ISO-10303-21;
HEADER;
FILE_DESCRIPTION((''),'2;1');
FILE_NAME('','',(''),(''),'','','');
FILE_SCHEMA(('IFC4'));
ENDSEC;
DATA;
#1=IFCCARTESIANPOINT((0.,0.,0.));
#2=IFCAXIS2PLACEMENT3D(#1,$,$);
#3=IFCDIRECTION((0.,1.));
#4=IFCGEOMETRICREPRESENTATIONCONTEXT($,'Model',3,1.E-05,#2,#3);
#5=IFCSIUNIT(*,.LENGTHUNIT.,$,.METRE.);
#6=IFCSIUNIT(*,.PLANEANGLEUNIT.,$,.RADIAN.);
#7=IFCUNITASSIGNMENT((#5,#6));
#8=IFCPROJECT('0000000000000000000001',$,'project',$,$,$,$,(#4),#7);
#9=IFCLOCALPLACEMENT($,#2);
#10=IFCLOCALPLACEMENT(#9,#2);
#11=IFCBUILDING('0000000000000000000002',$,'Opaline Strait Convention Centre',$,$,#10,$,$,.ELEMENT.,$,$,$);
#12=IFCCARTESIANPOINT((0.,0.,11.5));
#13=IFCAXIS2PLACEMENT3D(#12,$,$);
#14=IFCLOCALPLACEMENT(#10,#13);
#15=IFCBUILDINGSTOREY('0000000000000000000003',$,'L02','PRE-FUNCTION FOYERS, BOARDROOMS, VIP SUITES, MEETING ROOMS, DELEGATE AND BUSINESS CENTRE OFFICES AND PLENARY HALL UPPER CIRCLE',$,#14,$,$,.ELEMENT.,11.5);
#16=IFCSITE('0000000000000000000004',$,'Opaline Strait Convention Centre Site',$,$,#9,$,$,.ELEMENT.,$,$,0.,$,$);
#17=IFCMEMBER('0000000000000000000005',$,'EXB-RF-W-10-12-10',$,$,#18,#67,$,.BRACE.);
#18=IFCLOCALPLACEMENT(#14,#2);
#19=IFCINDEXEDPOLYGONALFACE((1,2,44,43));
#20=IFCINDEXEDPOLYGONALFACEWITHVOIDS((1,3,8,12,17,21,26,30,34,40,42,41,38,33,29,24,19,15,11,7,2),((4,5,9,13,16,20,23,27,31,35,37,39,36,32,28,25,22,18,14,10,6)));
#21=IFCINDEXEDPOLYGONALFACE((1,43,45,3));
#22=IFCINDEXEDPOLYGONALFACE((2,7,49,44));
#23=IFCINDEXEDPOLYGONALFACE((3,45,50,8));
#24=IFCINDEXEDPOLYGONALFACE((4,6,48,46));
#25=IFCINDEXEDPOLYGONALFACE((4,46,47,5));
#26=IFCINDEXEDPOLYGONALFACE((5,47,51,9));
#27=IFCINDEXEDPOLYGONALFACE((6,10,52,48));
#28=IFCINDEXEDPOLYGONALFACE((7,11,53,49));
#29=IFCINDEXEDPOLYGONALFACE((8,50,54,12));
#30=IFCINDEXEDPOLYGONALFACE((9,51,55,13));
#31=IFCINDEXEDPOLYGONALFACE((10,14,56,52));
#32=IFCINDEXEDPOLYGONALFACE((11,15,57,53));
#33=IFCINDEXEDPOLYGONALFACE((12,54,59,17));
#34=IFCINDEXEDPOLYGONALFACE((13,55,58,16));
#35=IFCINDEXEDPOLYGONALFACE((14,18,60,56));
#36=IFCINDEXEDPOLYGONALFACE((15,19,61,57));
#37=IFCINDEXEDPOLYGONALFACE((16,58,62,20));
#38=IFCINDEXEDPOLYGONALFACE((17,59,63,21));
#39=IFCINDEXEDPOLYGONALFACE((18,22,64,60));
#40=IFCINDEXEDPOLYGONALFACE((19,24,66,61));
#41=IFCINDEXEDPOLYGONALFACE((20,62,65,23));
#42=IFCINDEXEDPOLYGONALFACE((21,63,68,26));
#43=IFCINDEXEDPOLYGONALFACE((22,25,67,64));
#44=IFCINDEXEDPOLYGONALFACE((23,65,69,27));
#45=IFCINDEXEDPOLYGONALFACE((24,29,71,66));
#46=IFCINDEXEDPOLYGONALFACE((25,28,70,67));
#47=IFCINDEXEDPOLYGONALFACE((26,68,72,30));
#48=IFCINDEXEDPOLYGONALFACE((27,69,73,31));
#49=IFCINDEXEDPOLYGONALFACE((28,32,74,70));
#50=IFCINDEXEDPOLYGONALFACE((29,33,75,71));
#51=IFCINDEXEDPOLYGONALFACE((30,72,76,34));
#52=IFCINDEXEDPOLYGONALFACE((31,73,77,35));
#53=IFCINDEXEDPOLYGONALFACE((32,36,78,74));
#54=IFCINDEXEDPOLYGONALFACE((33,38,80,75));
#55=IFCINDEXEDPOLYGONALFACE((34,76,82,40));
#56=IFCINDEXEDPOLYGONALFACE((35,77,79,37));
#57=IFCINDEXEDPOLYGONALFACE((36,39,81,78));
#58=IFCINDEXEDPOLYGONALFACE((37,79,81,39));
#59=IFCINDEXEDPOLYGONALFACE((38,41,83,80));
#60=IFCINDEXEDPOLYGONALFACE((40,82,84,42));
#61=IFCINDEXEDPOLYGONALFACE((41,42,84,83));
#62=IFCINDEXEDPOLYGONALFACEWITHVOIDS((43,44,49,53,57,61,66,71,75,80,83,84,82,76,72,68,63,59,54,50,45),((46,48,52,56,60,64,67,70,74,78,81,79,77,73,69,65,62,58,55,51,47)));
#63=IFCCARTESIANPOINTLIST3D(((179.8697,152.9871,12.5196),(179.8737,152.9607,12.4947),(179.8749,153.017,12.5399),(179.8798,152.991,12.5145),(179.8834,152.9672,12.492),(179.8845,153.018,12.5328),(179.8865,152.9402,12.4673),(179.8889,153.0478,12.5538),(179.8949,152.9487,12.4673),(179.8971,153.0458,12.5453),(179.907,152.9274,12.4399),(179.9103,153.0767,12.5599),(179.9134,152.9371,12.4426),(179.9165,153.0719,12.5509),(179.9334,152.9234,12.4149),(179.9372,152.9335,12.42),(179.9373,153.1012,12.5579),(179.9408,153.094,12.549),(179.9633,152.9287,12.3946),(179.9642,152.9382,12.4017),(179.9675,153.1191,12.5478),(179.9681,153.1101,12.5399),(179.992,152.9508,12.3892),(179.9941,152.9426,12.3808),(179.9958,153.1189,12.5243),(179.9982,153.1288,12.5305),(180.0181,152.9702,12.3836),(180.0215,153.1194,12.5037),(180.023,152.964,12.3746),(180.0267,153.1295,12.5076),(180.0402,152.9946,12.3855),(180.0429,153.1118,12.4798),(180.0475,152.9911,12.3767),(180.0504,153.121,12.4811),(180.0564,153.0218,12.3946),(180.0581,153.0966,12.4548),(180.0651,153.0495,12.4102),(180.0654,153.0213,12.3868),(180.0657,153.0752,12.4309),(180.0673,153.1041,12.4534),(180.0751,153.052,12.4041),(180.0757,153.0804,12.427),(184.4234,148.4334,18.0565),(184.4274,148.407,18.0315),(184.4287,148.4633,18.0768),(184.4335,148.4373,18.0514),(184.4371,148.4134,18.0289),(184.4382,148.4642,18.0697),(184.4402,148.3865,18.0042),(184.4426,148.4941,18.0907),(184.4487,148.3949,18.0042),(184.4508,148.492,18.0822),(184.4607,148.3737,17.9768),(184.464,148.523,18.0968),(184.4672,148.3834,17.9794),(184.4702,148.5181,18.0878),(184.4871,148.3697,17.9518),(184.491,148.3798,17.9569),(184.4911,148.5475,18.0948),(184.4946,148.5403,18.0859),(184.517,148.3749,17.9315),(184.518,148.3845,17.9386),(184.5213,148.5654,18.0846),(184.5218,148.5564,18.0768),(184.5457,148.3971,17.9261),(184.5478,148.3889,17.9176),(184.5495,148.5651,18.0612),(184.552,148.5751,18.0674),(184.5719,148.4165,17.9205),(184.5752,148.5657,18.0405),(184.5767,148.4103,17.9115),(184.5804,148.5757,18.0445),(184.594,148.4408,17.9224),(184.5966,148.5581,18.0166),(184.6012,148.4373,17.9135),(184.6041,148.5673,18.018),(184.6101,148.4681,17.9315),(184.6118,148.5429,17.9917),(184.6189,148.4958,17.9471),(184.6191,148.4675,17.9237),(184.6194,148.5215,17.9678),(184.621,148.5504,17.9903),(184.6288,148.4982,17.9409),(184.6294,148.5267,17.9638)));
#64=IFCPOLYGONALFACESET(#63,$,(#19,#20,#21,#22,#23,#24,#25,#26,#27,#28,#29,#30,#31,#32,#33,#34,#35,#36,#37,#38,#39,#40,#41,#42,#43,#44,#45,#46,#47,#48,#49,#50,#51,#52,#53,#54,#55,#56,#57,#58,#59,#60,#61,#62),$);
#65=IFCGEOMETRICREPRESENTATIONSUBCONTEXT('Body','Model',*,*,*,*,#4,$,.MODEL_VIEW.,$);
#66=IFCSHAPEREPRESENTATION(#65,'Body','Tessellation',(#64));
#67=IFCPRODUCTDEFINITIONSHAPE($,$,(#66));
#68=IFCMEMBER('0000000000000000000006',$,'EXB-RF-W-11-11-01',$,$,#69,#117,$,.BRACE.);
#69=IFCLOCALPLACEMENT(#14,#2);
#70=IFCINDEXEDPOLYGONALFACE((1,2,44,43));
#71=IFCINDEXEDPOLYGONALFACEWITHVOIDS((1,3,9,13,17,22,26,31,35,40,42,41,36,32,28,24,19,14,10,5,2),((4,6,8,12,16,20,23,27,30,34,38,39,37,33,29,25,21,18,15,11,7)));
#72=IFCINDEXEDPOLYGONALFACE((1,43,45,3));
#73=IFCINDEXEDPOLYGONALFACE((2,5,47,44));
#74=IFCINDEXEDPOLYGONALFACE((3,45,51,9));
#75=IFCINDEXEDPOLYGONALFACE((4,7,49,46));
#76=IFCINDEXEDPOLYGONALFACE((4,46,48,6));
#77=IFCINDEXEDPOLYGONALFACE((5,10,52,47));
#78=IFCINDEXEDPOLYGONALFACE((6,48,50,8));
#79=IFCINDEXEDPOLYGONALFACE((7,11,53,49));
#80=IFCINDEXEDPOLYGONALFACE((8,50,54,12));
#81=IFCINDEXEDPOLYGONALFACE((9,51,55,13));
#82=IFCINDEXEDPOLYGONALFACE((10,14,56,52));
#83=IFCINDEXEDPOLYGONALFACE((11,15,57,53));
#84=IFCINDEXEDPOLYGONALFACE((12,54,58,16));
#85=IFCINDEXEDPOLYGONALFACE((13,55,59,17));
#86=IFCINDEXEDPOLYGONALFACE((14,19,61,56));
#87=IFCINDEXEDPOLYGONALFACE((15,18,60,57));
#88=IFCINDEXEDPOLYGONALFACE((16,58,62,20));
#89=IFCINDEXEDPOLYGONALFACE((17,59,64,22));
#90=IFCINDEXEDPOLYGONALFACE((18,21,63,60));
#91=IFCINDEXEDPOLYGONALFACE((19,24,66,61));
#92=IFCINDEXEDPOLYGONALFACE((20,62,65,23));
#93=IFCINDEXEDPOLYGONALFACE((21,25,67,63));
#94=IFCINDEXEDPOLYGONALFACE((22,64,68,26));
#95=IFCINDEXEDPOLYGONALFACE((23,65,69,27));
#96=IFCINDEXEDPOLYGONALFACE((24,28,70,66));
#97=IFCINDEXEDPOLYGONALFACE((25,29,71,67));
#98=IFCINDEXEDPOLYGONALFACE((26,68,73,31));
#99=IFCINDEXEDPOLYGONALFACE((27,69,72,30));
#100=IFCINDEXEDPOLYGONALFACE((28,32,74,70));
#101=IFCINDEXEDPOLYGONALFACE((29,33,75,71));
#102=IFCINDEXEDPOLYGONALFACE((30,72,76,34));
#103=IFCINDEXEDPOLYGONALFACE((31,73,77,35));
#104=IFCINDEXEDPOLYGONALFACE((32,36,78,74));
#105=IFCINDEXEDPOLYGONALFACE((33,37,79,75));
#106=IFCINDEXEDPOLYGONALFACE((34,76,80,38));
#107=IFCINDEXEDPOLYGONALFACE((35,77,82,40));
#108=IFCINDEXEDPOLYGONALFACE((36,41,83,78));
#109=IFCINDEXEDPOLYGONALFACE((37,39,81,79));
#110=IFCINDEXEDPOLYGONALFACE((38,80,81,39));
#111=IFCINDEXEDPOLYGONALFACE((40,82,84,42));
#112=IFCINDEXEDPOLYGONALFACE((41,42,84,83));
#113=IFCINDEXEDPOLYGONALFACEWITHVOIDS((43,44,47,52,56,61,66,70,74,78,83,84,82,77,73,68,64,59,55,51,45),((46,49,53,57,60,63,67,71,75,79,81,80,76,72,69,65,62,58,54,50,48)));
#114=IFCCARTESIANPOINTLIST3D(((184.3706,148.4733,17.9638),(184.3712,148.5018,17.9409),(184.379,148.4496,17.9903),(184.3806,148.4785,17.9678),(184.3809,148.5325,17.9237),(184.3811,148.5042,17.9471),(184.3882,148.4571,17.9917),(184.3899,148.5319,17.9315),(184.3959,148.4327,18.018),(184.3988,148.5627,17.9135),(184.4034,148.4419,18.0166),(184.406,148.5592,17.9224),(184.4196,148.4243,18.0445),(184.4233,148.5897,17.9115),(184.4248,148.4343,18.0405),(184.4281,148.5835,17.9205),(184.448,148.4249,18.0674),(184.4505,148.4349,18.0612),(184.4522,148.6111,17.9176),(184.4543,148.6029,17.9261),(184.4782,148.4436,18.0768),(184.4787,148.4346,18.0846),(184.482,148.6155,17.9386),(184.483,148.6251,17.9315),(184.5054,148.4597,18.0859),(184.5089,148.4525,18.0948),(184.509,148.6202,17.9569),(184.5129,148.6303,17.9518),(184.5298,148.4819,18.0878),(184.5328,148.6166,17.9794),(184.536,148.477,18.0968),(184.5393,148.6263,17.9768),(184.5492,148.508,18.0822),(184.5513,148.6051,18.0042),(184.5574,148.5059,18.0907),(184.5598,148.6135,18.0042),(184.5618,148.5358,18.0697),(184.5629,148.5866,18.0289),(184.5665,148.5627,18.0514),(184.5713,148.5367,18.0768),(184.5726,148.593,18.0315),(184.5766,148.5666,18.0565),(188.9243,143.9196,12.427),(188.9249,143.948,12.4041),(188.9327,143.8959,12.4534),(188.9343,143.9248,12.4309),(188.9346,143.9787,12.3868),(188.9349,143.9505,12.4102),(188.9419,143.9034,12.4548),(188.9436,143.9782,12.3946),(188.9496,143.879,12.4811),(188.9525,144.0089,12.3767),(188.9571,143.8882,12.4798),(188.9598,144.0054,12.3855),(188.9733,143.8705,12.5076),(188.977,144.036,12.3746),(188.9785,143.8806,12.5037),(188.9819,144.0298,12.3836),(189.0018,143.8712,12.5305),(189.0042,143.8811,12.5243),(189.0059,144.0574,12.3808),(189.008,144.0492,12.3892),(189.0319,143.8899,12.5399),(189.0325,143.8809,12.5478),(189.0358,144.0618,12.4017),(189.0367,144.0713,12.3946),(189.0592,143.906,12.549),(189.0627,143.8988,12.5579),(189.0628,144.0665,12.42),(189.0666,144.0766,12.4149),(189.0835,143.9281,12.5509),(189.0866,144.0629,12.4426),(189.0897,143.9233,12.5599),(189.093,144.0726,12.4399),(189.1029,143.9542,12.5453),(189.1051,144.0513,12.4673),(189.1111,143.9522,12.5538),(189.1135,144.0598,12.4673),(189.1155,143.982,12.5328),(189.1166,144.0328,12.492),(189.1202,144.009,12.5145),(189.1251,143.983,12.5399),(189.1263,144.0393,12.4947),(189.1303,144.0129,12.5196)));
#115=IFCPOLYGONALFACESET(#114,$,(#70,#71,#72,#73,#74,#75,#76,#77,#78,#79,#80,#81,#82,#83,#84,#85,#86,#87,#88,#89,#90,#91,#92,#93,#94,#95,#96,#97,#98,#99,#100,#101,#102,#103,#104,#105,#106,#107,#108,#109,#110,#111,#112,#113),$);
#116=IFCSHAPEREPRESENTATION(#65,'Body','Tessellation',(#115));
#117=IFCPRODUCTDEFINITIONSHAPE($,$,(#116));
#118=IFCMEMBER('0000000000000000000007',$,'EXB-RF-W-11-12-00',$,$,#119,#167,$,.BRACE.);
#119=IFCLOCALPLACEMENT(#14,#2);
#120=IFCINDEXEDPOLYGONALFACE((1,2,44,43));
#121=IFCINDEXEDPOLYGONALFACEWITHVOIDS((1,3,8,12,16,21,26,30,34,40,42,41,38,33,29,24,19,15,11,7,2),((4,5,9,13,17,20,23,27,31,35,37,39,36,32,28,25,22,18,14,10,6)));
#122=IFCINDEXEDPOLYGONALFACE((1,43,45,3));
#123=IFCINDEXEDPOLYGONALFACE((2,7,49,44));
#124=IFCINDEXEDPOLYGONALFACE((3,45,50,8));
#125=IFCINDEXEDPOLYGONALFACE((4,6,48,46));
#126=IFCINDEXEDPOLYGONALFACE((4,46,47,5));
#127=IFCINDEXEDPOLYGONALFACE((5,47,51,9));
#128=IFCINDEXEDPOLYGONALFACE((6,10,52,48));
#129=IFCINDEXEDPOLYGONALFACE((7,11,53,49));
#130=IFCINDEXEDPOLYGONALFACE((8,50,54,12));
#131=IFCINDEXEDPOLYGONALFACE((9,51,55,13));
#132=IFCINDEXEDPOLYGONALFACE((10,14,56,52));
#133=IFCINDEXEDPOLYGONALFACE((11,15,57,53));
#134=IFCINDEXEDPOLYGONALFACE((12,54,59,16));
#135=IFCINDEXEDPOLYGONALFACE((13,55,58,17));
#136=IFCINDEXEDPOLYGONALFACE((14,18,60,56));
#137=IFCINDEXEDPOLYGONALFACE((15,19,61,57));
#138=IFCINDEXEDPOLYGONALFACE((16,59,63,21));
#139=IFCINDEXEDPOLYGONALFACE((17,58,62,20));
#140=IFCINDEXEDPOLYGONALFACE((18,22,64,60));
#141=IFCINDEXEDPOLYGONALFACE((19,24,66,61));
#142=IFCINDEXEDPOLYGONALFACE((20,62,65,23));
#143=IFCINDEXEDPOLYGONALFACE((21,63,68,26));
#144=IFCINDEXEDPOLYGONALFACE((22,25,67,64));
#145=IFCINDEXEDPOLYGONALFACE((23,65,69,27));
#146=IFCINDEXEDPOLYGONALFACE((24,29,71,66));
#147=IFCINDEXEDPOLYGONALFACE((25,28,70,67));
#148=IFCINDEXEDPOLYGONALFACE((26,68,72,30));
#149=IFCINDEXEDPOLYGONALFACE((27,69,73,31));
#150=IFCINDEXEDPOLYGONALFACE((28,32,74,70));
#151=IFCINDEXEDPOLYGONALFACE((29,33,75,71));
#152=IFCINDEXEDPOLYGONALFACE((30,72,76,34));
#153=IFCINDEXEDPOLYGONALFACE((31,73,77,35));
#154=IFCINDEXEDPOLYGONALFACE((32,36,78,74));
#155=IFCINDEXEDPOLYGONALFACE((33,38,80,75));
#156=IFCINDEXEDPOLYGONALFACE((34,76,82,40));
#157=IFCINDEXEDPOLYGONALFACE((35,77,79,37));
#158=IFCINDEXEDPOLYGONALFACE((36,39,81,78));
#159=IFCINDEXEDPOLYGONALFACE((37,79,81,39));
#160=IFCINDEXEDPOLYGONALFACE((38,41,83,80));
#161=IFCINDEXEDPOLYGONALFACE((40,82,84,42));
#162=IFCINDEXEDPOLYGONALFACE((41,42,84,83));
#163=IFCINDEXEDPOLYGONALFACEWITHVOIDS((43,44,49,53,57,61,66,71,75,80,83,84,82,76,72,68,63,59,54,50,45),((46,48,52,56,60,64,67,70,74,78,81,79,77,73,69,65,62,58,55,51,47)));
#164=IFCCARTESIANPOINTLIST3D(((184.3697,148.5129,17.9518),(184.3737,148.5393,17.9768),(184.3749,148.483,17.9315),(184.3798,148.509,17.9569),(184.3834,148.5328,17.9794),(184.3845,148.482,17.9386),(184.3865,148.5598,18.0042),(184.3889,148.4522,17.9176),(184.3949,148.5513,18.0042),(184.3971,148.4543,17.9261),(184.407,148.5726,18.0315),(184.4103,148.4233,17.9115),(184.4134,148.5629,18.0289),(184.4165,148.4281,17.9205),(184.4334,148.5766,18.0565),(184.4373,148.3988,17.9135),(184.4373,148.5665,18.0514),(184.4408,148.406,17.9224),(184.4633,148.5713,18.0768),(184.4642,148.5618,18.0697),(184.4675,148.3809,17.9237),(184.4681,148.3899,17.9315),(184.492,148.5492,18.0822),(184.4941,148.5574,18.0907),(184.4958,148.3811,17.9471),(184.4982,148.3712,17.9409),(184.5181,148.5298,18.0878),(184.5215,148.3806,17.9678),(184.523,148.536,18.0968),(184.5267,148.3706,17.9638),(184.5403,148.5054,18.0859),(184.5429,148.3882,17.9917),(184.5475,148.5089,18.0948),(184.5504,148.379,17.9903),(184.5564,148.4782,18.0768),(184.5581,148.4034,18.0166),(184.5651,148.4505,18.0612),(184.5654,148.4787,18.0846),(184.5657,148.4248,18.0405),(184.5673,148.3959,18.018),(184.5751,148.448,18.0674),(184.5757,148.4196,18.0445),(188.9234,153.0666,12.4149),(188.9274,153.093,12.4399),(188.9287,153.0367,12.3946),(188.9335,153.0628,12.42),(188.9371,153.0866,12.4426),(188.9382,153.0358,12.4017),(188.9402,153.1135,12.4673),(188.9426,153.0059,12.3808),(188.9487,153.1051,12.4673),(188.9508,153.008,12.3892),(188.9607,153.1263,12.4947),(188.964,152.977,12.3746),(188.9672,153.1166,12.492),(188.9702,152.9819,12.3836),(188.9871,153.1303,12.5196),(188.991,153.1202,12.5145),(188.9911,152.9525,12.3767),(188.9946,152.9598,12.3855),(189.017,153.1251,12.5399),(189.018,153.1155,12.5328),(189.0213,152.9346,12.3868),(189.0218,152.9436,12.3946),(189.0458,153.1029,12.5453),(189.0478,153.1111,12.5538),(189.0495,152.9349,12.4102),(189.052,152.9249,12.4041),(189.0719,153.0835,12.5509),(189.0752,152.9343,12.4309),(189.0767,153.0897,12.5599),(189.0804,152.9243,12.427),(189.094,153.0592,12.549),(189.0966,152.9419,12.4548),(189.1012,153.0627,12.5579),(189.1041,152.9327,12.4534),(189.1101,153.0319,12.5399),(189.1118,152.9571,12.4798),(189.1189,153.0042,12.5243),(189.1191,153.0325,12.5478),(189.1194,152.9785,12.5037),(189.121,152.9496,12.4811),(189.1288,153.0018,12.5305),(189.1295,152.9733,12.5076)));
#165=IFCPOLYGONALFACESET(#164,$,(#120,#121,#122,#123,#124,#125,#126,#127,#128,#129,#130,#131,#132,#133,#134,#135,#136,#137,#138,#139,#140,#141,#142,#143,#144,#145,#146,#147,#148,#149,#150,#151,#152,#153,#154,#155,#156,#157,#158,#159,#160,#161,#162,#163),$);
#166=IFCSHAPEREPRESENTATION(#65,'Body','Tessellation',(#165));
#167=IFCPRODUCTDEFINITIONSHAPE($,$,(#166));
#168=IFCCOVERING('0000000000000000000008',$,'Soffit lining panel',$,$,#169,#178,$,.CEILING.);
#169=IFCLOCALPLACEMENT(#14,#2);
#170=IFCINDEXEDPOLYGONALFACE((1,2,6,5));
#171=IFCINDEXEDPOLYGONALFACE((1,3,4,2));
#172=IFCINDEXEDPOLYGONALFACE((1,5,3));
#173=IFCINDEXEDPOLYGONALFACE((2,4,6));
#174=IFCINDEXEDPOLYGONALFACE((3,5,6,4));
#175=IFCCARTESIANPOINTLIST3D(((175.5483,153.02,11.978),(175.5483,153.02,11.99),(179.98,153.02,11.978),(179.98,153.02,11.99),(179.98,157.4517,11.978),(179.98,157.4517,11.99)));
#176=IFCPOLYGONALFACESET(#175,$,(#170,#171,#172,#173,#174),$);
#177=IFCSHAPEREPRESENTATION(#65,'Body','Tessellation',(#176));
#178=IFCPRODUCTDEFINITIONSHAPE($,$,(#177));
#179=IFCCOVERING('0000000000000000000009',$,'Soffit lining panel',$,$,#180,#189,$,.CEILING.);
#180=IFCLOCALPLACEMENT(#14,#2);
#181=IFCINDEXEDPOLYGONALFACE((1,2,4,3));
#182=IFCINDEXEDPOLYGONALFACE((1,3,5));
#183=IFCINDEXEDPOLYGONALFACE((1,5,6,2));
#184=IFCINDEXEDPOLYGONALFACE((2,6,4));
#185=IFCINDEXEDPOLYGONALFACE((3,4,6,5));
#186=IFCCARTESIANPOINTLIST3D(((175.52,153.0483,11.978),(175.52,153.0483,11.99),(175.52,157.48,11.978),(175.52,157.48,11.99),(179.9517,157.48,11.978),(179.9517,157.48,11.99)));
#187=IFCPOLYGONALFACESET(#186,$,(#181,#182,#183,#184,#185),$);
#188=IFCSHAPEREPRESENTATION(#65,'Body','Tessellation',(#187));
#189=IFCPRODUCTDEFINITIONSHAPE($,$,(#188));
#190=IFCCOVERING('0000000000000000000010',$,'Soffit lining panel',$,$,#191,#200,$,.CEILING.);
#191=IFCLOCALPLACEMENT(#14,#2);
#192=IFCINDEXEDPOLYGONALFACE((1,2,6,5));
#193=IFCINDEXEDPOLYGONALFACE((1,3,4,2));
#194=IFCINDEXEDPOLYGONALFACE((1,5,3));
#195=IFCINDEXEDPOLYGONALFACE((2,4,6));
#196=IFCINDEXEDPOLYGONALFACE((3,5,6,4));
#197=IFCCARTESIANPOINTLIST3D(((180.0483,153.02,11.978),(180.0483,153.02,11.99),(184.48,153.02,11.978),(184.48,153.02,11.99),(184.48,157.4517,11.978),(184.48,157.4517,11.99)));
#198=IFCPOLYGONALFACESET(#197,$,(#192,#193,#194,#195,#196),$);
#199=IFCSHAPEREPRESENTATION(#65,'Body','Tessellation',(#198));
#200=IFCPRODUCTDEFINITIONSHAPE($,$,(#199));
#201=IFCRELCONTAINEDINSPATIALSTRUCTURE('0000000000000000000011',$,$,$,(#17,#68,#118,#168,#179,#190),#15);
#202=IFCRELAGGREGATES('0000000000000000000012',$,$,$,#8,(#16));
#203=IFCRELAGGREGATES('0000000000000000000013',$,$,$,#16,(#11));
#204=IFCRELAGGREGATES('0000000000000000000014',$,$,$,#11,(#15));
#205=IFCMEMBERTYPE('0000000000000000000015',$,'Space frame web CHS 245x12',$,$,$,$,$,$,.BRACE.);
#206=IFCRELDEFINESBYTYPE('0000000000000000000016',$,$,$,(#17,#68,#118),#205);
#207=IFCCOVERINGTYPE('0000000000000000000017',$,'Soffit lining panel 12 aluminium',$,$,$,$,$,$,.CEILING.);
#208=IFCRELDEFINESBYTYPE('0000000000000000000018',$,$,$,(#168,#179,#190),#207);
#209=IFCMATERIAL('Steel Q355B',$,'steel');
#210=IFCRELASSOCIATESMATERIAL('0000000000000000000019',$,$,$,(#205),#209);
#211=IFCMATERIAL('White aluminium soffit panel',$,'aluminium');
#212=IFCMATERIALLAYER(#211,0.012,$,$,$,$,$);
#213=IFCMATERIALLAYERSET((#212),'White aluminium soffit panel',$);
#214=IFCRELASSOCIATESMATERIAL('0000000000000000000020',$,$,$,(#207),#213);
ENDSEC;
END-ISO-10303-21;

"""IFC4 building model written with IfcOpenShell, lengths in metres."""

from ifc_helpers import new_model, si_unit, direction, frame, origin, origin_2d, place, context, subcontext, project, spatial, polyline, hollow_circle, outline, extrude, material, layer, layer_set, material_profile, profile_set, type_object, element, save


model = new_model("IFC4")

# Units and contexts
model_context = context("Model", 3, precision=1e-05, world=origin(), true_north=direction((0.0, 1.0)))
body_context = subcontext(model_context, "Body", "Model", "MODEL_VIEW")
ifc_project = project(units=[si_unit("LENGTHUNIT", "METRE"), si_unit("PLANEANGLEUNIT", "RADIAN")], contexts=[model_context])

# Site, building, storey
site_placement = place(None, origin())
site = spatial("IfcSite", under=ifc_project, at=site_placement, Name="Opaline Strait Convention Centre Site", CompositionType="ELEMENT", RefElevation=0.0)
building_placement = place(site_placement, origin())
building = spatial("IfcBuilding", under=site, at=building_placement, Name="Opaline Strait Convention Centre", CompositionType="ELEMENT")
storey_placement = place(building_placement, frame((0.0, 0.0, 11.5)))
storey = spatial("IfcBuildingStorey", under=building, at=storey_placement, Name="L02", Description="PRE-FUNCTION FOYERS, BOARDROOMS, VIP SUITES, MEETING ROOMS, DELEGATE AND BUSINESS CENTRE OFFICES AND PLENARY HALL UPPER CIRCLE", CompositionType="ELEMENT", Elevation=11.5)

# Shared definitions
ifc_material_1 = material(Name="Steel Q355B", Category="steel")

# Members
ifc_material_profile_1 = material_profile(ifc_material_1, hollow_circle(Radius=0.1226, WallThickness=0.012, at=origin_2d()), Name="CHS 245x12")
ifc_profile_set_1 = profile_set([ifc_material_profile_1], Name="Steel Q355B")
member_type_1 = type_object("IfcMemberType", Name="Space frame web CHS 245x12", PredefinedType="BRACE", material=ifc_profile_set_1)
for number, where, z_axis, x_axis, name in (
    (1, (184.5269, 148.4731, 18.0042), (-0.536178, 0.536178, -0.65194), (-0.707107, -0.707107, 0.0), "EXB-RF-W-10-12-10"),
    (2, (184.4731, 148.5269, 18.0042), (0.536178, -0.536178, -0.65194), (0.707107, 0.707107, 0.0), "EXB-RF-W-11-11-01"),
    (3, (184.4731, 148.4731, 18.0042), (0.536178, 0.536178, -0.65194), (-0.707107, 0.707107, 0.0), "EXB-RF-W-11-12-00"),
):
    element("IfcMember", number, at=place(storey_placement, frame(where, z_axis=z_axis, x_axis=x_axis)), inside=storey, type_object=member_type_1, Name=name, PredefinedType="BRACE", context=body_context, shape_type="SweptSolid", body=[
        extrude(hollow_circle(Radius=0.1226, WallThickness=0.012, at=origin_2d()), origin(), (0.0, 0.0, 1.0), 8.4929),
    ])

# Coverings
ifc_material_2 = material(Name="White aluminium soffit panel", Category="aluminium")
ifc_layer = layer(ifc_material_2, 0.012)
ifc_layer_set = layer_set([ifc_layer], Name="White aluminium soffit panel")
covering_type = type_object("IfcCoveringType", Name="Soffit lining panel 12 aluminium", PredefinedType="CEILING", material=ifc_layer_set)
covering_1_placement = place(storey_placement, frame((175.5483, 153.02, 11.99), z_axis=(0.0, 0.0, 1.0), x_axis=(0.707107, 0.707107, 0.0)))
element("IfcCovering", 4, at=covering_1_placement, inside=storey, type_object=covering_type, Name="Soffit lining panel", PredefinedType="CEILING", context=body_context, shape_type="SweptSolid", body=[
    extrude(outline(polyline([(0.0, 0.0), (6.2673, 0.0), (3.1336, -3.1336), (0.0, 0.0)])), origin(), (0.0, 0.0, -1.0), 0.012),
])
covering_2_placement = place(storey_placement, frame((175.52, 153.0483, 11.99), z_axis=(0.0, 0.0, 1.0), x_axis=(0.0, 1.0, 0.0)))
element("IfcCovering", 5, at=covering_2_placement, inside=storey, type_object=covering_type, Name="Soffit lining panel", PredefinedType="CEILING", context=body_context, shape_type="SweptSolid", body=[
    extrude(outline(polyline([(0.0, 0.0), (4.4316, 0.0), (4.4316, -4.4316), (0.0, 0.0)])), origin(), (0.0, 0.0, -1.0), 0.012),
])
covering_3_placement = place(storey_placement, frame((180.0483, 153.02, 11.99), z_axis=(0.0, 0.0, 1.0), x_axis=(0.707107, 0.707107, 0.0)))
element("IfcCovering", 6, at=covering_3_placement, inside=storey, type_object=covering_type, Name="Soffit lining panel", PredefinedType="CEILING", context=body_context, shape_type="SweptSolid", body=[
    extrude(outline(polyline([(0.0, 0.0), (6.2673, 0.0), (3.1336, -3.1336), (0.0, 0.0)])), origin(), (0.0, 0.0, -1.0), 0.012),
])

save(model, "model.ifc")
